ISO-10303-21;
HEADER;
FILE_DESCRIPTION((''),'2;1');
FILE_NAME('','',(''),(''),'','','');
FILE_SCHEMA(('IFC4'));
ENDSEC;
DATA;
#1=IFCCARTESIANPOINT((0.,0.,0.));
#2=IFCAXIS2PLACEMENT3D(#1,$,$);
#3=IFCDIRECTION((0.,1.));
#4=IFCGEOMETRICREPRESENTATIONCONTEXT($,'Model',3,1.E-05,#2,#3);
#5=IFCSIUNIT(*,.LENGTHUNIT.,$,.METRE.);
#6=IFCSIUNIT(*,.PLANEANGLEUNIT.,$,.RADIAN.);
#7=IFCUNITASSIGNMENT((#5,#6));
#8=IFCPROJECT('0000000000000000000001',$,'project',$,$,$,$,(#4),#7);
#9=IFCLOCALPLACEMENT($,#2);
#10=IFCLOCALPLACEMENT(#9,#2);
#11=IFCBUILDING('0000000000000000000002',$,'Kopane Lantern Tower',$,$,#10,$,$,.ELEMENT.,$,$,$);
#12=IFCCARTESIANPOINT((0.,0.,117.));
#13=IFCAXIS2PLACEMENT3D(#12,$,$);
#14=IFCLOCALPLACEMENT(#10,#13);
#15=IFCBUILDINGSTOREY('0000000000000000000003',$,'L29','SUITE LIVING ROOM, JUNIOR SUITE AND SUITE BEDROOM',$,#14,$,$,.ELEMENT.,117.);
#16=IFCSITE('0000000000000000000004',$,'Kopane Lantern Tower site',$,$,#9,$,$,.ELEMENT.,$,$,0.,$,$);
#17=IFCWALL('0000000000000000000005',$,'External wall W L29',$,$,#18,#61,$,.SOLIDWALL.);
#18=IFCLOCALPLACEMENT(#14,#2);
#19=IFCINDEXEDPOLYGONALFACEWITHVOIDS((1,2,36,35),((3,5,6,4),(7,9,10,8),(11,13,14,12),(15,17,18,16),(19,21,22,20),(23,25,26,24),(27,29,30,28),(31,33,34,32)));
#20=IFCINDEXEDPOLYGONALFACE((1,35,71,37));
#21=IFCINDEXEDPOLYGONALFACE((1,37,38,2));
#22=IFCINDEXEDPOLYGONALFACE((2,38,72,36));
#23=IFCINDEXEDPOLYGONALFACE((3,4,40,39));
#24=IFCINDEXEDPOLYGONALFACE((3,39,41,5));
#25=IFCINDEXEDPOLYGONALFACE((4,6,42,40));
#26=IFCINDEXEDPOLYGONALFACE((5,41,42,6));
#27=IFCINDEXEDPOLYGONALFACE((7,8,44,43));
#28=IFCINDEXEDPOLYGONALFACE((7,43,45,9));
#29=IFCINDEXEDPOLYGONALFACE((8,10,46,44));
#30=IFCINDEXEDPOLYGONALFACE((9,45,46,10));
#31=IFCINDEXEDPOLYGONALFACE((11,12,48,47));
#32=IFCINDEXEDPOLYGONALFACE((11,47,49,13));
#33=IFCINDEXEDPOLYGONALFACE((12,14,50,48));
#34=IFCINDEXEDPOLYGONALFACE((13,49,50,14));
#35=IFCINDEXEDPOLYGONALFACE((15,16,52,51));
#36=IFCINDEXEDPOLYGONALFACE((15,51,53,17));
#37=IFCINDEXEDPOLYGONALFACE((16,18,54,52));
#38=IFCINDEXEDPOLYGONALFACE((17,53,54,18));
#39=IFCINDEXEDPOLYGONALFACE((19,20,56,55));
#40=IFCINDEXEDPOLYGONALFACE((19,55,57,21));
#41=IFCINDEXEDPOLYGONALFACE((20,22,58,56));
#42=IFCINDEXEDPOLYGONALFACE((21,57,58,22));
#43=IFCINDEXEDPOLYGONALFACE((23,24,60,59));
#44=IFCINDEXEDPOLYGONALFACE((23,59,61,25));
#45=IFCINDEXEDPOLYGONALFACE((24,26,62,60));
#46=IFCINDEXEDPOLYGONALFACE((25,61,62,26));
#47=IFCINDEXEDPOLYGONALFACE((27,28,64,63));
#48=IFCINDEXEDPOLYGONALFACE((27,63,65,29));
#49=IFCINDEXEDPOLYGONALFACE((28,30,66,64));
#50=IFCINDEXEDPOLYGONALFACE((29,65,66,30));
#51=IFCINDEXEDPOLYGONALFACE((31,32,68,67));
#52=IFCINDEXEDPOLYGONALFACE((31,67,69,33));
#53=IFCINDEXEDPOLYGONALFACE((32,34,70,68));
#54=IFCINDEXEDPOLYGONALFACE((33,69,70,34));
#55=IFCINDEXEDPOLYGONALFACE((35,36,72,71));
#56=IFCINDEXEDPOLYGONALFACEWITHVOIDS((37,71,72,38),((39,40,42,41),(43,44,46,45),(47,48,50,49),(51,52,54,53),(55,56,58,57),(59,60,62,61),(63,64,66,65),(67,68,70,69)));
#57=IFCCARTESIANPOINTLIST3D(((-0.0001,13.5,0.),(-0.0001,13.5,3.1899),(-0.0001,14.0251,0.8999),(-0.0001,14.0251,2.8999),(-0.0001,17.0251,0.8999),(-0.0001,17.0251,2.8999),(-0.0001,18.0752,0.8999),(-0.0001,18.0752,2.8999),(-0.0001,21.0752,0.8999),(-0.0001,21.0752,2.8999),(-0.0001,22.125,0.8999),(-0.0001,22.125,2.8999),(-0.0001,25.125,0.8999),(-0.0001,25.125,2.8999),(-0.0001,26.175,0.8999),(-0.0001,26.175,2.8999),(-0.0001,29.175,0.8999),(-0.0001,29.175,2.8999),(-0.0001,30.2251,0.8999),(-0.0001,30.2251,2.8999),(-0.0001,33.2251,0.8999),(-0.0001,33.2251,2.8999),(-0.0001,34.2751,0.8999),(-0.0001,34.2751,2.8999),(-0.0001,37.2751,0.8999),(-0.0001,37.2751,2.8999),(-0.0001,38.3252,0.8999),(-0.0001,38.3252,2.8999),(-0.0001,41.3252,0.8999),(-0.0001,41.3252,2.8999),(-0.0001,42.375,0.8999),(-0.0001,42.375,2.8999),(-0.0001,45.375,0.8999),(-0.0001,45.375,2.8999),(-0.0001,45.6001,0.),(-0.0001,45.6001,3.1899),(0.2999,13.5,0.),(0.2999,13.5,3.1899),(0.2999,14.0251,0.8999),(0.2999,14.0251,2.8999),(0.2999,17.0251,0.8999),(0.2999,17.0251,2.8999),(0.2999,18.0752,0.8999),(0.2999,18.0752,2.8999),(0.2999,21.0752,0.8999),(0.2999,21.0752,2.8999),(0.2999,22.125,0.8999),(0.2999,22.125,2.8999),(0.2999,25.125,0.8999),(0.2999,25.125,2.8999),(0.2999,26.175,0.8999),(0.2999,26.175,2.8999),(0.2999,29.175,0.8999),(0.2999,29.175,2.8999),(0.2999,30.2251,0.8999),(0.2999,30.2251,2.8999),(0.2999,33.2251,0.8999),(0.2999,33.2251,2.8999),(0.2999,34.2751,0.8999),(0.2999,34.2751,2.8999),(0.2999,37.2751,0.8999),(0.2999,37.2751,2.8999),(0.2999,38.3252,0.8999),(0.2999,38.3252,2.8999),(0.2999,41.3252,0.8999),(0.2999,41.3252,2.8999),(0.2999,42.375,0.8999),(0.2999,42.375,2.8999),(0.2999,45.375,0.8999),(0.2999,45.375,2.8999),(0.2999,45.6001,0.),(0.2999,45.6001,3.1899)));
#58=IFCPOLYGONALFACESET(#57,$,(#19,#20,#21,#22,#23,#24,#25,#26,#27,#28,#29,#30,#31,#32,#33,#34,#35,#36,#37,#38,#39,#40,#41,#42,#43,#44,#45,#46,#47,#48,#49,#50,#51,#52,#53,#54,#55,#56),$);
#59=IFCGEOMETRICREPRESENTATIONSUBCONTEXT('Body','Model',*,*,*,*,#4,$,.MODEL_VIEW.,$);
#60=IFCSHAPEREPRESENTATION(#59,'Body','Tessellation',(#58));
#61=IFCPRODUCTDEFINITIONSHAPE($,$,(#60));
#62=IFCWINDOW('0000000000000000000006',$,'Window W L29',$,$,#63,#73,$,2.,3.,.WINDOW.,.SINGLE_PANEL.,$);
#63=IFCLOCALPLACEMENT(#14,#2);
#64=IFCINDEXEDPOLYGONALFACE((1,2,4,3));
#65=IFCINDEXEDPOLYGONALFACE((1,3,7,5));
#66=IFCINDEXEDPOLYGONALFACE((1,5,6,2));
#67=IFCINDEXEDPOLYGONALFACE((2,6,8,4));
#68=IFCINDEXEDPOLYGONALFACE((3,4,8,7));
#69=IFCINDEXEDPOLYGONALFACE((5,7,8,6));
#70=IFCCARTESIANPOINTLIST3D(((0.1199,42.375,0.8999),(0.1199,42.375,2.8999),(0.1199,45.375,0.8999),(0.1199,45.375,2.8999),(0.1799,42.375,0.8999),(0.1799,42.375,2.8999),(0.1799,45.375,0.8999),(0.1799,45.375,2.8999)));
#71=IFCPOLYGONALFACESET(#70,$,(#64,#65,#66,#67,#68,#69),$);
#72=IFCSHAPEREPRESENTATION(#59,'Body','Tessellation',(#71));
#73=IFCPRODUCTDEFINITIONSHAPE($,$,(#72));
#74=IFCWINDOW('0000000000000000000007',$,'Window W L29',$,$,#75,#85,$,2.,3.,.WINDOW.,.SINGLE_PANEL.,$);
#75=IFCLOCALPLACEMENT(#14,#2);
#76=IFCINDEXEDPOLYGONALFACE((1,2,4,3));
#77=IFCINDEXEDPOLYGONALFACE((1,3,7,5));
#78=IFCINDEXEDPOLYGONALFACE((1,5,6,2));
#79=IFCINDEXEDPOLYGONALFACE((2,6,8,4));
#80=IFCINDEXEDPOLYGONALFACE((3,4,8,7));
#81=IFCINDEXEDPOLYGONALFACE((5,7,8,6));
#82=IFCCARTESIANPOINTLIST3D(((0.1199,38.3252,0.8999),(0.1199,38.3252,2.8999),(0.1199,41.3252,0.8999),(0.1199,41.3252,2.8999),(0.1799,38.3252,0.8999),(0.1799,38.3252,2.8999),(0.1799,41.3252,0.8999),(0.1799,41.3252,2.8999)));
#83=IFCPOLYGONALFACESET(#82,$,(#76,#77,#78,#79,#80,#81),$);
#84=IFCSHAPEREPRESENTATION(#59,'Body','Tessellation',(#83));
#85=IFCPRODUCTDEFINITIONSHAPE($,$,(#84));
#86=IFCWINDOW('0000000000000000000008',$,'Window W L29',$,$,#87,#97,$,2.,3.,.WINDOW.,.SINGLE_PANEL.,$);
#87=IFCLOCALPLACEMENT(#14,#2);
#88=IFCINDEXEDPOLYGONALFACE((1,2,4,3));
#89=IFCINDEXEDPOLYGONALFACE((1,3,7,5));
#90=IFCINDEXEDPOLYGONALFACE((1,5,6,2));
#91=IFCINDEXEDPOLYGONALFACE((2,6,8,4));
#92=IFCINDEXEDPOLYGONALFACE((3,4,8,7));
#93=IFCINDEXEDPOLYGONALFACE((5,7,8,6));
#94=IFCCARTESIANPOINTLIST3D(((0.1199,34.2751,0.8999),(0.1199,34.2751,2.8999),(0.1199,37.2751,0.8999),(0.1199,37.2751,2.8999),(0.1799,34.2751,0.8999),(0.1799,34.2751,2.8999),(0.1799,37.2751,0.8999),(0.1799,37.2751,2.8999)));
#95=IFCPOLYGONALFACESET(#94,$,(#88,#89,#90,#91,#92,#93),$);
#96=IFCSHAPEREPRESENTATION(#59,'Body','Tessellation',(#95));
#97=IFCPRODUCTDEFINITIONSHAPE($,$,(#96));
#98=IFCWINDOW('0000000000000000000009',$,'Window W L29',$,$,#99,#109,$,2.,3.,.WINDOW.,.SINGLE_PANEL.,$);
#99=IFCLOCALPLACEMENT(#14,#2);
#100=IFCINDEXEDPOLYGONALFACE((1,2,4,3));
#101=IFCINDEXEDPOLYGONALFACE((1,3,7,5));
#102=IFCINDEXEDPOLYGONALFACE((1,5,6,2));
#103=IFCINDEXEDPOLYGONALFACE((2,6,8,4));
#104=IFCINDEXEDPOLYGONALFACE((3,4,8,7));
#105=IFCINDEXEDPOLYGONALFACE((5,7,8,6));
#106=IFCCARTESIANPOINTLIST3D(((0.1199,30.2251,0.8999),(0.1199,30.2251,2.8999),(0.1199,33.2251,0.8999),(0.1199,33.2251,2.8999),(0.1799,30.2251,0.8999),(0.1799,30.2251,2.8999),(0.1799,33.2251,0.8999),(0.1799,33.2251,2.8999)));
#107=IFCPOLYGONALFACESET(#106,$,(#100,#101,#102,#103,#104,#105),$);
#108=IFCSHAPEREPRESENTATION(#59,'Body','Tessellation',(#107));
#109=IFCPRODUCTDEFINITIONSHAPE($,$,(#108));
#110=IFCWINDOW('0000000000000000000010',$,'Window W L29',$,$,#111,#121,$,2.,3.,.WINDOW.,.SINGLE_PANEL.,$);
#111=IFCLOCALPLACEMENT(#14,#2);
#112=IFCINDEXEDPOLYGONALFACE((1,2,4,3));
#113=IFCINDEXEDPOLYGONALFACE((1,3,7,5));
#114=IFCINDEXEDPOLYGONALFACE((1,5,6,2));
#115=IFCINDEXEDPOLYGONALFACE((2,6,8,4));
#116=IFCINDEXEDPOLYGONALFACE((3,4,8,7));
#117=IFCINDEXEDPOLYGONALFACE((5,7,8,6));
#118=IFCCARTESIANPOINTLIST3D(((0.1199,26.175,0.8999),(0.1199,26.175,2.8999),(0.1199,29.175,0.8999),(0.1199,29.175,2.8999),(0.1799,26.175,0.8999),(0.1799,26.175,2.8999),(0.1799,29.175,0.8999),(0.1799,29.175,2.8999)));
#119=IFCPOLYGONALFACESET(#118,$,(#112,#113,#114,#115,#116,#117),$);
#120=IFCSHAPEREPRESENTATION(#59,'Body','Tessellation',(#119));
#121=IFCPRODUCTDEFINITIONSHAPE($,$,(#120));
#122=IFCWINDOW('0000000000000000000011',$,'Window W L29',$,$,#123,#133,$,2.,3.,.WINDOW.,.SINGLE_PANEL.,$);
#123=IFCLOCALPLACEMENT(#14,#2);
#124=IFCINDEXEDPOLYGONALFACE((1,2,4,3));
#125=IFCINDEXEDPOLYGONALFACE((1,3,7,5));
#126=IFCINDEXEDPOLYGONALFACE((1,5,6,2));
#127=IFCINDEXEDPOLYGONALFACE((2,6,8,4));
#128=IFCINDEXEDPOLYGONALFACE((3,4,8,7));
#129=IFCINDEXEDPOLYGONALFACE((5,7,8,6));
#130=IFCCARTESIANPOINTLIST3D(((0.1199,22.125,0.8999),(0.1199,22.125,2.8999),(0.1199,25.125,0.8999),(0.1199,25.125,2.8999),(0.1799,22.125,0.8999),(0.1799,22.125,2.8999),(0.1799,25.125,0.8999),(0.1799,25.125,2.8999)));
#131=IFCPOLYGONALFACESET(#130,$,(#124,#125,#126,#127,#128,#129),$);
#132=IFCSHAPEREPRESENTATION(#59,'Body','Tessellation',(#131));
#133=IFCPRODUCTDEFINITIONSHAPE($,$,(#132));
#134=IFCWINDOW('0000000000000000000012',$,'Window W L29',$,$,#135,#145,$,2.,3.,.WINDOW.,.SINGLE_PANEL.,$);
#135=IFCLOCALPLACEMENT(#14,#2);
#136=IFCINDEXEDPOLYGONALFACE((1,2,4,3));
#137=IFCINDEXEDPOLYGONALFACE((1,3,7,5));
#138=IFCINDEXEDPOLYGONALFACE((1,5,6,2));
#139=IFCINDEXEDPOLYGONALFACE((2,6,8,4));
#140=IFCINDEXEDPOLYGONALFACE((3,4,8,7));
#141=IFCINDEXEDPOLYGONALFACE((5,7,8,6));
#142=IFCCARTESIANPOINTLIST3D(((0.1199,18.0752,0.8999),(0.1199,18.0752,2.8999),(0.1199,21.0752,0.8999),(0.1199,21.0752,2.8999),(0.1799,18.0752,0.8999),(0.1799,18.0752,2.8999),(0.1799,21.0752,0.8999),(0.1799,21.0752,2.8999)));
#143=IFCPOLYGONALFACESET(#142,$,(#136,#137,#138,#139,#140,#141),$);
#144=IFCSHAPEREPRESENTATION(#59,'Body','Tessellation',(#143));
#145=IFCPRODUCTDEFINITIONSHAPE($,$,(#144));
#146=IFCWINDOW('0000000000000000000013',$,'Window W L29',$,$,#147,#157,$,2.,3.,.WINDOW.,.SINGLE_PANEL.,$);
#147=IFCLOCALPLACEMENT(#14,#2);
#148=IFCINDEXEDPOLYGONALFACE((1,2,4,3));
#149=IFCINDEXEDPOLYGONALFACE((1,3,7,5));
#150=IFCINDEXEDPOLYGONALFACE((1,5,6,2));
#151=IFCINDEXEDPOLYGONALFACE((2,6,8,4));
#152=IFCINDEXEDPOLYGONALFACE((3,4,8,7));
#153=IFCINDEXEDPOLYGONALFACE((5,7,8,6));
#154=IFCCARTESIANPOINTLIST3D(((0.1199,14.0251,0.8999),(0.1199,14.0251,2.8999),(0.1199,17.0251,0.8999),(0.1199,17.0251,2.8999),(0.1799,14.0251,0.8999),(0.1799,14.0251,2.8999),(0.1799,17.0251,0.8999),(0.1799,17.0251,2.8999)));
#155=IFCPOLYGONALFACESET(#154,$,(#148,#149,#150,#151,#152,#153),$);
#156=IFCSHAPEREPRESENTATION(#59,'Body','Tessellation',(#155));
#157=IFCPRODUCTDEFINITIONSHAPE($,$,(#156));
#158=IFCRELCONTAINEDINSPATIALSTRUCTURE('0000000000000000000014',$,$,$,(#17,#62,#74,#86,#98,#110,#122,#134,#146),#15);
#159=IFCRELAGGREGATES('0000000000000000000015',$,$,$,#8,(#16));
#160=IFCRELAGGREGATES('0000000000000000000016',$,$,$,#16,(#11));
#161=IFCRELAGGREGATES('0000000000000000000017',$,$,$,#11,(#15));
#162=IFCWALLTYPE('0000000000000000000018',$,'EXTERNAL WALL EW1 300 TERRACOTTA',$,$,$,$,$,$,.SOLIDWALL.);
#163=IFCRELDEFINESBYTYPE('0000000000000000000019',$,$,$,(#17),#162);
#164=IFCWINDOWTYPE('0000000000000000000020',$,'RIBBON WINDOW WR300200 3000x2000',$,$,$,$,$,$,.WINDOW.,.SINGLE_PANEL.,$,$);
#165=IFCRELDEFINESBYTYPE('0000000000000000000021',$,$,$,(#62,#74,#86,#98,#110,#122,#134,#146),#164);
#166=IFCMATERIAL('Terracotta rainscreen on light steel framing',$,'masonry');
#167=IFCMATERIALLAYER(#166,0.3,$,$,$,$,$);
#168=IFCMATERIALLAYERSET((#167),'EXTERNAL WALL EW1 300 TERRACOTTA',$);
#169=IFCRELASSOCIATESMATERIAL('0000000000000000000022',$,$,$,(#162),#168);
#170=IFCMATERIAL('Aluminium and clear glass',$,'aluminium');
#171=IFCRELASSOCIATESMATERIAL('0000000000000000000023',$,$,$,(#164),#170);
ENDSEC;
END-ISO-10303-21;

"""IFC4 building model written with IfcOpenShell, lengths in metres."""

from ifc_helpers import new_model, si_unit, direction, frame, frame_2d, origin, place, context, subcontext, project, spatial, rectangle, extrude, material, layer, layer_set, type_object, element, fill, save


model = new_model("IFC4")

# Units and contexts
model_context = context("Model", 3, precision=1e-05, world=origin(), true_north=direction((0.0, 1.0)))
body_context = subcontext(model_context, "Body", "Model", "MODEL_VIEW")
ifc_project = project(units=[si_unit("LENGTHUNIT", "METRE"), si_unit("PLANEANGLEUNIT", "RADIAN")], contexts=[model_context])

# Site, building, storey
site_placement = place(None, origin())
site = spatial("IfcSite", under=ifc_project, at=site_placement, Name="Kopane Lantern Tower site", CompositionType="ELEMENT", RefElevation=0.0)
building_placement = place(site_placement, origin())
building = spatial("IfcBuilding", under=site, at=building_placement, Name="Kopane Lantern Tower", CompositionType="ELEMENT")
storey_placement = place(building_placement, frame((0.0, 0.0, 117.0)))
storey = spatial("IfcBuildingStorey", under=building, at=storey_placement, Name="L29", Description="SUITE LIVING ROOM, JUNIOR SUITE AND SUITE BEDROOM", CompositionType="ELEMENT", Elevation=117.0)

# Shared definitions
ifc_material_1 = material(Name="Terracotta rainscreen on light steel framing", Category="masonry")
ifc_layer_1 = layer(ifc_material_1, 0.3)
ifc_layer_set_1 = layer_set([ifc_layer_1], Name="EXTERNAL WALL EW1 300 TERRACOTTA")
wall_type_1 = type_object("IfcWallType", Name="EXTERNAL WALL EW1 300 TERRACOTTA", PredefinedType="SOLIDWALL", material=ifc_layer_set_1)

# Wall, openings, windows
wall_1_placement = place(storey_placement, frame((0.1499, 45.6001, 0.0), z_axis=(0.0, 0.0, 1.0), x_axis=(0.0, -1.0, 0.0)))
wall_1 = element("IfcWall", 1, at=wall_1_placement, inside=storey, type_object=wall_type_1, Name="External wall W L29", PredefinedType="SOLIDWALL", context=body_context, shape_type="SweptSolid", body=[
    extrude(rectangle(XDim=32.1001, YDim=0.3, at=frame_2d((16.05, 0.0))), origin(), (0.0, 0.0, 1.0), 3.1899),
])
opening_1_placement = place(wall_1_placement, frame((0.2251, 0.0, 0.8999)))
opening_1 = element("IfcOpeningElement", 2, at=opening_1_placement, cuts=wall_1, PredefinedType="OPENING", context=body_context, shape_type="SweptSolid", body=[
    extrude(rectangle(XDim=3.0, YDim=2.0, at=frame_2d((1.5, 1.0))), frame((0.0, 0.1599, 0.0), z_axis=(0.0, -1.0, 0.0), x_axis=(1.0, 0.0, 0.0)), (0.0, 0.0, 1.0), 0.3201),
])
opening_2_placement = place(wall_1_placement, frame((4.2749, 0.0, 0.8999)))
opening_2 = element("IfcOpeningElement", 3, at=opening_2_placement, cuts=wall_1, PredefinedType="OPENING", context=body_context, shape_type="SweptSolid", body=[
    extrude(rectangle(XDim=3.0, YDim=2.0, at=frame_2d((1.5, 1.0))), frame((0.0, 0.1599, 0.0), z_axis=(0.0, -1.0, 0.0), x_axis=(1.0, 0.0, 0.0)), (0.0, 0.0, 1.0), 0.3201),
])
opening_3_placement = place(wall_1_placement, frame((8.325, 0.0, 0.8999)))
opening_3 = element("IfcOpeningElement", 4, at=opening_3_placement, cuts=wall_1, PredefinedType="OPENING", context=body_context, shape_type="SweptSolid", body=[
    extrude(rectangle(XDim=3.0, YDim=2.0, at=frame_2d((1.5, 1.0))), frame((0.0, 0.1599, 0.0), z_axis=(0.0, -1.0, 0.0), x_axis=(1.0, 0.0, 0.0)), (0.0, 0.0, 1.0), 0.3201),
])
opening_4_placement = place(wall_1_placement, frame((12.375, 0.0, 0.8999)))
opening_4 = element("IfcOpeningElement", 5, at=opening_4_placement, cuts=wall_1, PredefinedType="OPENING", context=body_context, shape_type="SweptSolid", body=[
    extrude(rectangle(XDim=3.0, YDim=2.0, at=frame_2d((1.5, 1.0))), frame((0.0, 0.1599, 0.0), z_axis=(0.0, -1.0, 0.0), x_axis=(1.0, 0.0, 0.0)), (0.0, 0.0, 1.0), 0.3201),
])
opening_5_placement = place(wall_1_placement, frame((16.425, 0.0, 0.8999)))
opening_5 = element("IfcOpeningElement", 6, at=opening_5_placement, cuts=wall_1, PredefinedType="OPENING", context=body_context, shape_type="SweptSolid", body=[
    extrude(rectangle(XDim=3.0, YDim=2.0, at=frame_2d((1.5, 1.0))), frame((0.0, 0.1599, 0.0), z_axis=(0.0, -1.0, 0.0), x_axis=(1.0, 0.0, 0.0)), (0.0, 0.0, 1.0), 0.3201),
])
opening_6_placement = place(wall_1_placement, frame((20.4751, 0.0, 0.8999)))
opening_6 = element("IfcOpeningElement", 7, at=opening_6_placement, cuts=wall_1, PredefinedType="OPENING", context=body_context, shape_type="SweptSolid", body=[
    extrude(rectangle(XDim=3.0, YDim=2.0, at=frame_2d((1.5, 1.0))), frame((0.0, 0.1599, 0.0), z_axis=(0.0, -1.0, 0.0), x_axis=(1.0, 0.0, 0.0)), (0.0, 0.0, 1.0), 0.3201),
])
opening_7_placement = place(wall_1_placement, frame((24.5249, 0.0, 0.8999)))
opening_7 = element("IfcOpeningElement", 8, at=opening_7_placement, cuts=wall_1, PredefinedType="OPENING", context=body_context, shape_type="SweptSolid", body=[
    extrude(rectangle(XDim=3.0, YDim=2.0, at=frame_2d((1.5, 1.0))), frame((0.0, 0.1599, 0.0), z_axis=(0.0, -1.0, 0.0), x_axis=(1.0, 0.0, 0.0)), (0.0, 0.0, 1.0), 0.3201),
])
opening_8_placement = place(wall_1_placement, frame((28.575, 0.0, 0.8999)))
opening_8 = element("IfcOpeningElement", 9, at=opening_8_placement, cuts=wall_1, PredefinedType="OPENING", context=body_context, shape_type="SweptSolid", body=[
    extrude(rectangle(XDim=3.0, YDim=2.0, at=frame_2d((1.5, 1.0))), frame((0.0, 0.1599, 0.0), z_axis=(0.0, -1.0, 0.0), x_axis=(1.0, 0.0, 0.0)), (0.0, 0.0, 1.0), 0.3201),
])
ifc_material_2 = material(Name="Aluminium and clear glass", Category="aluminium")
window_type_1 = type_object("IfcWindowType", Name="RIBBON WINDOW WR300200 3000x2000", PartitioningType="SINGLE_PANEL", PredefinedType="WINDOW", material=ifc_material_2)
window_1_placement = place(opening_1_placement, origin())
window_1 = element("IfcWindow", 10, at=window_1_placement, inside=storey, type_object=window_type_1, Name="Window W L29", OverallHeight=2.0, OverallWidth=3.0, PartitioningType="SINGLE_PANEL", PredefinedType="WINDOW", context=body_context, shape_type="SweptSolid", body=[
    extrude(rectangle(XDim=3.0, YDim=2.0, at=frame_2d((1.5, 1.0))), frame((0.0, 0.03, 0.0), z_axis=(0.0, -1.0, 0.0), x_axis=(1.0, 0.0, 0.0)), (0.0, 0.0, 1.0), 0.0601),
])
fill(opening_1, window_1)
window_2_placement = place(opening_2_placement, origin())
window_2 = element("IfcWindow", 11, at=window_2_placement, inside=storey, type_object=window_type_1, Name="Window W L29", OverallHeight=2.0, OverallWidth=3.0, PartitioningType="SINGLE_PANEL", PredefinedType="WINDOW", context=body_context, shape_type="SweptSolid", body=[
    extrude(rectangle(XDim=3.0, YDim=2.0, at=frame_2d((1.5, 1.0))), frame((0.0, 0.03, 0.0), z_axis=(0.0, -1.0, 0.0), x_axis=(1.0, 0.0, 0.0)), (0.0, 0.0, 1.0), 0.0601),
])
fill(opening_2, window_2)
window_3_placement = place(opening_3_placement, origin())
window_3 = element("IfcWindow", 12, at=window_3_placement, inside=storey, type_object=window_type_1, Name="Window W L29", OverallHeight=2.0, OverallWidth=3.0, PartitioningType="SINGLE_PANEL", PredefinedType="WINDOW", context=body_context, shape_type="SweptSolid", body=[
    extrude(rectangle(XDim=3.0, YDim=2.0, at=frame_2d((1.5, 1.0))), frame((0.0, 0.03, 0.0), z_axis=(0.0, -1.0, 0.0), x_axis=(1.0, 0.0, 0.0)), (0.0, 0.0, 1.0), 0.0601),
])
fill(opening_3, window_3)
window_4_placement = place(opening_4_placement, origin())
window_4 = element("IfcWindow", 13, at=window_4_placement, inside=storey, type_object=window_type_1, Name="Window W L29", OverallHeight=2.0, OverallWidth=3.0, PartitioningType="SINGLE_PANEL", PredefinedType="WINDOW", context=body_context, shape_type="SweptSolid", body=[
    extrude(rectangle(XDim=3.0, YDim=2.0, at=frame_2d((1.5, 1.0))), frame((0.0, 0.03, 0.0), z_axis=(0.0, -1.0, 0.0), x_axis=(1.0, 0.0, 0.0)), (0.0, 0.0, 1.0), 0.0601),
])
fill(opening_4, window_4)
window_5_placement = place(opening_5_placement, origin())
window_5 = element("IfcWindow", 14, at=window_5_placement, inside=storey, type_object=window_type_1, Name="Window W L29", OverallHeight=2.0, OverallWidth=3.0, PartitioningType="SINGLE_PANEL", PredefinedType="WINDOW", context=body_context, shape_type="SweptSolid", body=[
    extrude(rectangle(XDim=3.0, YDim=2.0, at=frame_2d((1.5, 1.0))), frame((0.0, 0.03, 0.0), z_axis=(0.0, -1.0, 0.0), x_axis=(1.0, 0.0, 0.0)), (0.0, 0.0, 1.0), 0.0601),
])
fill(opening_5, window_5)
window_6_placement = place(opening_6_placement, origin())
window_6 = element("IfcWindow", 15, at=window_6_placement, inside=storey, type_object=window_type_1, Name="Window W L29", OverallHeight=2.0, OverallWidth=3.0, PartitioningType="SINGLE_PANEL", PredefinedType="WINDOW", context=body_context, shape_type="SweptSolid", body=[
    extrude(rectangle(XDim=3.0, YDim=2.0, at=frame_2d((1.5, 1.0))), frame((0.0, 0.03, 0.0), z_axis=(0.0, -1.0, 0.0), x_axis=(1.0, 0.0, 0.0)), (0.0, 0.0, 1.0), 0.0601),
])
fill(opening_6, window_6)
window_7_placement = place(opening_7_placement, origin())
window_7 = element("IfcWindow", 16, at=window_7_placement, inside=storey, type_object=window_type_1, Name="Window W L29", OverallHeight=2.0, OverallWidth=3.0, PartitioningType="SINGLE_PANEL", PredefinedType="WINDOW", context=body_context, shape_type="SweptSolid", body=[
    extrude(rectangle(XDim=3.0, YDim=2.0, at=frame_2d((1.5, 1.0))), frame((0.0, 0.03, 0.0), z_axis=(0.0, -1.0, 0.0), x_axis=(1.0, 0.0, 0.0)), (0.0, 0.0, 1.0), 0.0601),
])
fill(opening_7, window_7)
window_8_placement = place(opening_8_placement, origin())
window_8 = element("IfcWindow", 17, at=window_8_placement, inside=storey, type_object=window_type_1, Name="Window W L29", OverallHeight=2.0, OverallWidth=3.0, PartitioningType="SINGLE_PANEL", PredefinedType="WINDOW", context=body_context, shape_type="SweptSolid", body=[
    extrude(rectangle(XDim=3.0, YDim=2.0, at=frame_2d((1.5, 1.0))), frame((0.0, 0.03, 0.0), z_axis=(0.0, -1.0, 0.0), x_axis=(1.0, 0.0, 0.0)), (0.0, 0.0, 1.0), 0.0601),
])
fill(opening_8, window_8)

save(model, "model.ifc")
